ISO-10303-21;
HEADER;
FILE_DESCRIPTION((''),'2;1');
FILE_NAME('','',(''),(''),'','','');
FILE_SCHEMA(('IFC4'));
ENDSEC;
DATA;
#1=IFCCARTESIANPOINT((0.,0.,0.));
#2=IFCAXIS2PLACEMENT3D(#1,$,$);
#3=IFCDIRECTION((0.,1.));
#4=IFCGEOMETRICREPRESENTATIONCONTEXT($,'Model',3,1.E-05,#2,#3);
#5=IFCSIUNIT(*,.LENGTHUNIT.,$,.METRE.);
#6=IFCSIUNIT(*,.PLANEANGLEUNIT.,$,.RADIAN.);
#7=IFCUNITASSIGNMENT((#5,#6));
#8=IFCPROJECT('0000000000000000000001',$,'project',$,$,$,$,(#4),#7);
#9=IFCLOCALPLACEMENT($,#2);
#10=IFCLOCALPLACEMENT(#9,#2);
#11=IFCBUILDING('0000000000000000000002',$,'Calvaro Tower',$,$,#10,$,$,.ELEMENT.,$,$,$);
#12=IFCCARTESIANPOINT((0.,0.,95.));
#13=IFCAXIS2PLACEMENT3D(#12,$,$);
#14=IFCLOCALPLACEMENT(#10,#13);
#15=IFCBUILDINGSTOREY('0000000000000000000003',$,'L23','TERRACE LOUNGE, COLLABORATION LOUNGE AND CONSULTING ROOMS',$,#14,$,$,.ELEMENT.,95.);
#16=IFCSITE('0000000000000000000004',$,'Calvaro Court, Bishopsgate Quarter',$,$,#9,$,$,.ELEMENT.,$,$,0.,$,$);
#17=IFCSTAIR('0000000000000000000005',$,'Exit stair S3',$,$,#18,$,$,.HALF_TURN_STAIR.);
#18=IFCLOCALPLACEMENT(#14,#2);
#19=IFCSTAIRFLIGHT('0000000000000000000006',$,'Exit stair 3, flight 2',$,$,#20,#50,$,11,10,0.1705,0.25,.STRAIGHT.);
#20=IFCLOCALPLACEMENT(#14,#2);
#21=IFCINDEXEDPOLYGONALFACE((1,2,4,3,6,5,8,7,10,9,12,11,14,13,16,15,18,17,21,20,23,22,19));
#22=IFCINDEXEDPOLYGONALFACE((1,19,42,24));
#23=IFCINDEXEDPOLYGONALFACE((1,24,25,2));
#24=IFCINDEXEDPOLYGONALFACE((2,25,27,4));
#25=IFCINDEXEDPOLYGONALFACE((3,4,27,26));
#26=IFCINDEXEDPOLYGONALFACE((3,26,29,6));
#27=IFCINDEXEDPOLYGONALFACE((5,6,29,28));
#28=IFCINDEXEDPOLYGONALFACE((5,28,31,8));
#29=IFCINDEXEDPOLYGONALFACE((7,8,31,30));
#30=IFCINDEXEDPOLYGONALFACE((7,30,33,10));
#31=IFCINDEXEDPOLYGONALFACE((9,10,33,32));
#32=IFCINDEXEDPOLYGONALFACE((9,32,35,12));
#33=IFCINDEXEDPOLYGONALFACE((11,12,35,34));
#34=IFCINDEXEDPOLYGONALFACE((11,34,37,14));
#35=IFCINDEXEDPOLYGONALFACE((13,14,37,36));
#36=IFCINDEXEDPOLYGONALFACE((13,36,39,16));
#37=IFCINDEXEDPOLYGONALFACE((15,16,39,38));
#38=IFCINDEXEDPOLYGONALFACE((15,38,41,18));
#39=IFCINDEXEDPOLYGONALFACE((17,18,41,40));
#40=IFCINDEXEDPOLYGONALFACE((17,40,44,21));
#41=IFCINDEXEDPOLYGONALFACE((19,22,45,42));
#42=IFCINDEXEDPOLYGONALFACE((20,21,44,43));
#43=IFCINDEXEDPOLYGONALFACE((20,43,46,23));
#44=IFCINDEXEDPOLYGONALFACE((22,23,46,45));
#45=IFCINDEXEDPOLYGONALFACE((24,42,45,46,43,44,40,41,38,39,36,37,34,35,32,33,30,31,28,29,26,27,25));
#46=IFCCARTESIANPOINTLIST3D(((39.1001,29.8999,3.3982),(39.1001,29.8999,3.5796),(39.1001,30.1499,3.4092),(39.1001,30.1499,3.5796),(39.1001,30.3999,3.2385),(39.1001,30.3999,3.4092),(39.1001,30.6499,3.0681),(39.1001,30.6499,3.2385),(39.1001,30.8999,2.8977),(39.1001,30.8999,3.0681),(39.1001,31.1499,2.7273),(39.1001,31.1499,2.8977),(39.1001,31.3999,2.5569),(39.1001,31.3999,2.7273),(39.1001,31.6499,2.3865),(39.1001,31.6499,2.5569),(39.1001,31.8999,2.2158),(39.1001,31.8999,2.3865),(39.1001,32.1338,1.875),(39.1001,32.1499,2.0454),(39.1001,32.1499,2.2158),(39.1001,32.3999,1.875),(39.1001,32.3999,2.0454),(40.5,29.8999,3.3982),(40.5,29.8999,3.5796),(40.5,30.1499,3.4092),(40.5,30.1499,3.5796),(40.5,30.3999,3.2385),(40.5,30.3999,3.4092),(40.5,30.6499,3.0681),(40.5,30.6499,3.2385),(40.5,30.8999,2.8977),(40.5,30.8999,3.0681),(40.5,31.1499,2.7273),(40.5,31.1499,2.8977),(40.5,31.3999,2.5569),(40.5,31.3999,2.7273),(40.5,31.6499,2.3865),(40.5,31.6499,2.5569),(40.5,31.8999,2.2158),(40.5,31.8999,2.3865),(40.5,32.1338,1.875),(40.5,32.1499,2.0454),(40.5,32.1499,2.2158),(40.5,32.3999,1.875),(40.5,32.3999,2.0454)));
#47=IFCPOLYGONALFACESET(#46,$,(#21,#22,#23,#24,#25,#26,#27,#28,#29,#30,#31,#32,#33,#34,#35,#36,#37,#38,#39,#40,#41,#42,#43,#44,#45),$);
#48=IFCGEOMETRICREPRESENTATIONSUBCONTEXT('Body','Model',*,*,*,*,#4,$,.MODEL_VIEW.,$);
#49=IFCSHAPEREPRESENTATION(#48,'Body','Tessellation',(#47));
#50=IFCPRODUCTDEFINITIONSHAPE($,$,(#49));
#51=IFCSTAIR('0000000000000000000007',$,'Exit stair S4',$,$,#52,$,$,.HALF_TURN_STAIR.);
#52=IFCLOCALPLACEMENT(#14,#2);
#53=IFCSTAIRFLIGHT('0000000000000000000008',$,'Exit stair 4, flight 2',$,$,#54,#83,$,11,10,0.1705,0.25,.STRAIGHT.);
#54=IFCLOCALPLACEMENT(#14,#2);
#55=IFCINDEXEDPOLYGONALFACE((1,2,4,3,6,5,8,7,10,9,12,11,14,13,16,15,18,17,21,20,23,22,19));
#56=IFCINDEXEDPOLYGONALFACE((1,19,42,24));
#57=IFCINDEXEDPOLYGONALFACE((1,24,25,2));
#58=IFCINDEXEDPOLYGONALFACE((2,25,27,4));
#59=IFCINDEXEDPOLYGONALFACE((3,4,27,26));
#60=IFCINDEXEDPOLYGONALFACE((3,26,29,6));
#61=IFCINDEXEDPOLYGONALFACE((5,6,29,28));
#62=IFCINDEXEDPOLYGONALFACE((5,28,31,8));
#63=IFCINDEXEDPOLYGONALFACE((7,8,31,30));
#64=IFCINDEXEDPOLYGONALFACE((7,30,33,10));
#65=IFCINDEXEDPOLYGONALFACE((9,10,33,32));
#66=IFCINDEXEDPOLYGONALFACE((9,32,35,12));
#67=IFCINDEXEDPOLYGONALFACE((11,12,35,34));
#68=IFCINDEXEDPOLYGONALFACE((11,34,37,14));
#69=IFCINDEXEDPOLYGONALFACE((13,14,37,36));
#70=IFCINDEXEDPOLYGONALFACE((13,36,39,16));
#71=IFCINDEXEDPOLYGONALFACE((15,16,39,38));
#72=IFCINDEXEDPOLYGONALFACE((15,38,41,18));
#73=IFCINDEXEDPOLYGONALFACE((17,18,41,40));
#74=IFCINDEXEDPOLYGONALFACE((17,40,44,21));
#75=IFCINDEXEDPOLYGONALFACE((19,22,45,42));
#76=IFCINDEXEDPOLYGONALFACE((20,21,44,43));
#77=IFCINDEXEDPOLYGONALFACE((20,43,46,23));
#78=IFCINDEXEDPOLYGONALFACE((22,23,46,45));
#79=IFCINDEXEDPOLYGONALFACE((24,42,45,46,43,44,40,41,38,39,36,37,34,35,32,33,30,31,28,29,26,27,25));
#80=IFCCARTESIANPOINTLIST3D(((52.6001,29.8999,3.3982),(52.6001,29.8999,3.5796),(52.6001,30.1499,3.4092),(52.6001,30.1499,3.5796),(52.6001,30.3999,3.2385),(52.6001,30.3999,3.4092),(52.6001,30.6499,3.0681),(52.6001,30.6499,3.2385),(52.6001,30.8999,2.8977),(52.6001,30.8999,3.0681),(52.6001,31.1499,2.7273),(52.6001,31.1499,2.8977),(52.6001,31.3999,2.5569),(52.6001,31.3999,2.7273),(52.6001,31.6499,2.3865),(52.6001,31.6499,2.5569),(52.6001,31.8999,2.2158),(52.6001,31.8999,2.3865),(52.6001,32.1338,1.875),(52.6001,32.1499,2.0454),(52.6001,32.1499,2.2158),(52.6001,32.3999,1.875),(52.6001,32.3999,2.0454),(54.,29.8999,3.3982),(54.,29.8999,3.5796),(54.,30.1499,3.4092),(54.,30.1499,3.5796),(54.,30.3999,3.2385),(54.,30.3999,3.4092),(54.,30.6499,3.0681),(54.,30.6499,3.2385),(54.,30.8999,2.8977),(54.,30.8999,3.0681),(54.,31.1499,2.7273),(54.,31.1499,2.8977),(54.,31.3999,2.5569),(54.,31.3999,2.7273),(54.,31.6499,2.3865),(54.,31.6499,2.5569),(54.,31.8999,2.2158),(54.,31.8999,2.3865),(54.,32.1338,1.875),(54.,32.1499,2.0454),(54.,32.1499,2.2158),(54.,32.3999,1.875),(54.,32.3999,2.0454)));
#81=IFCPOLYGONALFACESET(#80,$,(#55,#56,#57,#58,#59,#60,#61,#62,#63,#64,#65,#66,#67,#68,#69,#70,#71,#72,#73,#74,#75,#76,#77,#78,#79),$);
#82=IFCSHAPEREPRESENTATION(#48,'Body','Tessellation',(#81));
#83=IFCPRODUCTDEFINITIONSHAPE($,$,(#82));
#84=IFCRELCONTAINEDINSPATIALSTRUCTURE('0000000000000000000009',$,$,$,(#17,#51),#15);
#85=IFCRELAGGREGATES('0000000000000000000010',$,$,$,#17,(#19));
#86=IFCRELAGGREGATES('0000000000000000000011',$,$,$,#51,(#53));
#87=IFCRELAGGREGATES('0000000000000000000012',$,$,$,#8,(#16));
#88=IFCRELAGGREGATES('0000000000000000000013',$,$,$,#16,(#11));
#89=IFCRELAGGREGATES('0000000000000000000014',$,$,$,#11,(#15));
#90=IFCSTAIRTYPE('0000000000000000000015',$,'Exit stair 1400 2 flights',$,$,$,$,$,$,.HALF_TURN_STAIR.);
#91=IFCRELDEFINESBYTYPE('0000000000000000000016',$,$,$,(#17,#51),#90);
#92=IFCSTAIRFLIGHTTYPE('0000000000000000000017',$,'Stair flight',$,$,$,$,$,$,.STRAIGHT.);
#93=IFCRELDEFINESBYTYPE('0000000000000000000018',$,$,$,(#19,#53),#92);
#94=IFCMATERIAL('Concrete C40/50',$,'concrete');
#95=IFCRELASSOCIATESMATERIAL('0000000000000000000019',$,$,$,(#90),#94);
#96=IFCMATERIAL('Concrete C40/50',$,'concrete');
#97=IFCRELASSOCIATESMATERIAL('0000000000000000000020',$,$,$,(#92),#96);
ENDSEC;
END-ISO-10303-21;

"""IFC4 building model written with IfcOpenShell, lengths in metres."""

from ifc_helpers import new_model, si_unit, direction, frame, origin, place, context, subcontext, project, spatial, polyline, outline, extrude, material, type_object, element, aggregate, save


model = new_model("IFC4")

# Units and contexts
model_context = context("Model", 3, precision=1e-05, world=origin(), true_north=direction((0.0, 1.0)))
body_context = subcontext(model_context, "Body", "Model", "MODEL_VIEW")
ifc_project = project(units=[si_unit("LENGTHUNIT", "METRE"), si_unit("PLANEANGLEUNIT", "RADIAN")], contexts=[model_context])

# Site, building, storey
site_placement = place(None, origin())
site = spatial("IfcSite", under=ifc_project, at=site_placement, Name="Calvaro Court, Bishopsgate Quarter", CompositionType="ELEMENT", RefElevation=0.0)
building_placement = place(site_placement, origin())
building = spatial("IfcBuilding", under=site, at=building_placement, Name="Calvaro Tower", CompositionType="ELEMENT")
storey_placement = place(building_placement, frame((0.0, 0.0, 95.0)))
storey = spatial("IfcBuildingStorey", under=building, at=storey_placement, Name="L23", Description="TERRACE LOUNGE, COLLABORATION LOUNGE AND CONSULTING ROOMS", CompositionType="ELEMENT", Elevation=95.0)

# Stairs, stair flights
ifc_material_1 = material(Name="Concrete C40/50", Category="concrete")
stair_type = type_object("IfcStairType", Name="Exit stair 1400 2 flights", PredefinedType="HALF_TURN_STAIR", material=ifc_material_1)
stair_1_placement = place(storey_placement, origin())
stair_1 = element("IfcStair", 1, at=stair_1_placement, inside=storey, type_object=stair_type, Name="Exit stair S3", PredefinedType="HALF_TURN_STAIR")
ifc_material_2 = material(Name="Concrete C40/50", Category="concrete")
stair_flight_type = type_object("IfcStairFlightType", Name="Stair flight", PredefinedType="STRAIGHT", material=ifc_material_2)
stair_flight_1_placement = place(storey_placement, frame((39.8, 32.3999, 1.875), z_axis=(0.0, 0.0, 1.0), x_axis=(0.0, -1.0, 0.0)))
stair_flight_1 = element("IfcStairFlight", 2, at=stair_flight_1_placement, type_object=stair_flight_type, Name="Exit stair 3, flight 2", NumberOfRisers=11, NumberOfTreads=10, PredefinedType="STRAIGHT", RiserHeight=0.1705, TreadLength=0.25, context=body_context, shape_type="SweptSolid", body=[
    extrude(outline(polyline([(0.0, 0.0), (0.0, 0.1704), (0.25, 0.1704), (0.25, 0.3408), (0.5, 0.3408), (0.5, 0.5115), (0.75, 0.5115), (0.75, 0.6819), (1.0, 0.6819), (1.0, 0.8523), (1.25, 0.8523), (1.25, 1.0227), (1.5, 1.0227), (1.5, 1.1931), (1.75, 1.1931), (1.75, 1.3635), (2.0, 1.3635), (2.0, 1.5342), (2.25, 1.5342), (2.25, 1.7046), (2.5, 1.7046), (2.5, 1.875), (2.5, 1.5232), (0.2661, 0.0), (0.0, 0.0)])), frame((0.0, 0.7, 0.0), z_axis=(0.0, -1.0, 0.0), x_axis=(1.0, 0.0, 0.0)), (0.0, 0.0, 1.0), 1.3999),
])
stair_2_placement = place(storey_placement, origin())
stair_2 = element("IfcStair", 3, at=stair_2_placement, inside=storey, type_object=stair_type, Name="Exit stair S4", PredefinedType="HALF_TURN_STAIR")
stair_flight_2_placement = place(storey_placement, frame((53.3, 32.3999, 1.875), z_axis=(0.0, 0.0, 1.0), x_axis=(0.0, -1.0, 0.0)))
stair_flight_2 = element("IfcStairFlight", 4, at=stair_flight_2_placement, type_object=stair_flight_type, Name="Exit stair 4, flight 2", NumberOfRisers=11, NumberOfTreads=10, PredefinedType="STRAIGHT", RiserHeight=0.1705, TreadLength=0.25, context=body_context, shape_type="SweptSolid", body=[
    extrude(outline(polyline([(0.0, 0.0), (0.0, 0.1704), (0.25, 0.1704), (0.25, 0.3408), (0.5, 0.3408), (0.5, 0.5115), (0.75, 0.5115), (0.75, 0.6819), (1.0, 0.6819), (1.0, 0.8523), (1.25, 0.8523), (1.25, 1.0227), (1.5, 1.0227), (1.5, 1.1931), (1.75, 1.1931), (1.75, 1.3635), (2.0, 1.3635), (2.0, 1.5342), (2.25, 1.5342), (2.25, 1.7046), (2.5, 1.7046), (2.5, 1.875), (2.5, 1.5232), (0.2661, 0.0), (0.0, 0.0)])), frame((0.0, 0.7, 0.0), z_axis=(0.0, -1.0, 0.0), x_axis=(1.0, 0.0, 0.0)), (0.0, 0.0, 1.0), 1.3999),
])

aggregate(stair_1, [stair_flight_1])
aggregate(stair_2, [stair_flight_2])

save(model, "model.ifc")
